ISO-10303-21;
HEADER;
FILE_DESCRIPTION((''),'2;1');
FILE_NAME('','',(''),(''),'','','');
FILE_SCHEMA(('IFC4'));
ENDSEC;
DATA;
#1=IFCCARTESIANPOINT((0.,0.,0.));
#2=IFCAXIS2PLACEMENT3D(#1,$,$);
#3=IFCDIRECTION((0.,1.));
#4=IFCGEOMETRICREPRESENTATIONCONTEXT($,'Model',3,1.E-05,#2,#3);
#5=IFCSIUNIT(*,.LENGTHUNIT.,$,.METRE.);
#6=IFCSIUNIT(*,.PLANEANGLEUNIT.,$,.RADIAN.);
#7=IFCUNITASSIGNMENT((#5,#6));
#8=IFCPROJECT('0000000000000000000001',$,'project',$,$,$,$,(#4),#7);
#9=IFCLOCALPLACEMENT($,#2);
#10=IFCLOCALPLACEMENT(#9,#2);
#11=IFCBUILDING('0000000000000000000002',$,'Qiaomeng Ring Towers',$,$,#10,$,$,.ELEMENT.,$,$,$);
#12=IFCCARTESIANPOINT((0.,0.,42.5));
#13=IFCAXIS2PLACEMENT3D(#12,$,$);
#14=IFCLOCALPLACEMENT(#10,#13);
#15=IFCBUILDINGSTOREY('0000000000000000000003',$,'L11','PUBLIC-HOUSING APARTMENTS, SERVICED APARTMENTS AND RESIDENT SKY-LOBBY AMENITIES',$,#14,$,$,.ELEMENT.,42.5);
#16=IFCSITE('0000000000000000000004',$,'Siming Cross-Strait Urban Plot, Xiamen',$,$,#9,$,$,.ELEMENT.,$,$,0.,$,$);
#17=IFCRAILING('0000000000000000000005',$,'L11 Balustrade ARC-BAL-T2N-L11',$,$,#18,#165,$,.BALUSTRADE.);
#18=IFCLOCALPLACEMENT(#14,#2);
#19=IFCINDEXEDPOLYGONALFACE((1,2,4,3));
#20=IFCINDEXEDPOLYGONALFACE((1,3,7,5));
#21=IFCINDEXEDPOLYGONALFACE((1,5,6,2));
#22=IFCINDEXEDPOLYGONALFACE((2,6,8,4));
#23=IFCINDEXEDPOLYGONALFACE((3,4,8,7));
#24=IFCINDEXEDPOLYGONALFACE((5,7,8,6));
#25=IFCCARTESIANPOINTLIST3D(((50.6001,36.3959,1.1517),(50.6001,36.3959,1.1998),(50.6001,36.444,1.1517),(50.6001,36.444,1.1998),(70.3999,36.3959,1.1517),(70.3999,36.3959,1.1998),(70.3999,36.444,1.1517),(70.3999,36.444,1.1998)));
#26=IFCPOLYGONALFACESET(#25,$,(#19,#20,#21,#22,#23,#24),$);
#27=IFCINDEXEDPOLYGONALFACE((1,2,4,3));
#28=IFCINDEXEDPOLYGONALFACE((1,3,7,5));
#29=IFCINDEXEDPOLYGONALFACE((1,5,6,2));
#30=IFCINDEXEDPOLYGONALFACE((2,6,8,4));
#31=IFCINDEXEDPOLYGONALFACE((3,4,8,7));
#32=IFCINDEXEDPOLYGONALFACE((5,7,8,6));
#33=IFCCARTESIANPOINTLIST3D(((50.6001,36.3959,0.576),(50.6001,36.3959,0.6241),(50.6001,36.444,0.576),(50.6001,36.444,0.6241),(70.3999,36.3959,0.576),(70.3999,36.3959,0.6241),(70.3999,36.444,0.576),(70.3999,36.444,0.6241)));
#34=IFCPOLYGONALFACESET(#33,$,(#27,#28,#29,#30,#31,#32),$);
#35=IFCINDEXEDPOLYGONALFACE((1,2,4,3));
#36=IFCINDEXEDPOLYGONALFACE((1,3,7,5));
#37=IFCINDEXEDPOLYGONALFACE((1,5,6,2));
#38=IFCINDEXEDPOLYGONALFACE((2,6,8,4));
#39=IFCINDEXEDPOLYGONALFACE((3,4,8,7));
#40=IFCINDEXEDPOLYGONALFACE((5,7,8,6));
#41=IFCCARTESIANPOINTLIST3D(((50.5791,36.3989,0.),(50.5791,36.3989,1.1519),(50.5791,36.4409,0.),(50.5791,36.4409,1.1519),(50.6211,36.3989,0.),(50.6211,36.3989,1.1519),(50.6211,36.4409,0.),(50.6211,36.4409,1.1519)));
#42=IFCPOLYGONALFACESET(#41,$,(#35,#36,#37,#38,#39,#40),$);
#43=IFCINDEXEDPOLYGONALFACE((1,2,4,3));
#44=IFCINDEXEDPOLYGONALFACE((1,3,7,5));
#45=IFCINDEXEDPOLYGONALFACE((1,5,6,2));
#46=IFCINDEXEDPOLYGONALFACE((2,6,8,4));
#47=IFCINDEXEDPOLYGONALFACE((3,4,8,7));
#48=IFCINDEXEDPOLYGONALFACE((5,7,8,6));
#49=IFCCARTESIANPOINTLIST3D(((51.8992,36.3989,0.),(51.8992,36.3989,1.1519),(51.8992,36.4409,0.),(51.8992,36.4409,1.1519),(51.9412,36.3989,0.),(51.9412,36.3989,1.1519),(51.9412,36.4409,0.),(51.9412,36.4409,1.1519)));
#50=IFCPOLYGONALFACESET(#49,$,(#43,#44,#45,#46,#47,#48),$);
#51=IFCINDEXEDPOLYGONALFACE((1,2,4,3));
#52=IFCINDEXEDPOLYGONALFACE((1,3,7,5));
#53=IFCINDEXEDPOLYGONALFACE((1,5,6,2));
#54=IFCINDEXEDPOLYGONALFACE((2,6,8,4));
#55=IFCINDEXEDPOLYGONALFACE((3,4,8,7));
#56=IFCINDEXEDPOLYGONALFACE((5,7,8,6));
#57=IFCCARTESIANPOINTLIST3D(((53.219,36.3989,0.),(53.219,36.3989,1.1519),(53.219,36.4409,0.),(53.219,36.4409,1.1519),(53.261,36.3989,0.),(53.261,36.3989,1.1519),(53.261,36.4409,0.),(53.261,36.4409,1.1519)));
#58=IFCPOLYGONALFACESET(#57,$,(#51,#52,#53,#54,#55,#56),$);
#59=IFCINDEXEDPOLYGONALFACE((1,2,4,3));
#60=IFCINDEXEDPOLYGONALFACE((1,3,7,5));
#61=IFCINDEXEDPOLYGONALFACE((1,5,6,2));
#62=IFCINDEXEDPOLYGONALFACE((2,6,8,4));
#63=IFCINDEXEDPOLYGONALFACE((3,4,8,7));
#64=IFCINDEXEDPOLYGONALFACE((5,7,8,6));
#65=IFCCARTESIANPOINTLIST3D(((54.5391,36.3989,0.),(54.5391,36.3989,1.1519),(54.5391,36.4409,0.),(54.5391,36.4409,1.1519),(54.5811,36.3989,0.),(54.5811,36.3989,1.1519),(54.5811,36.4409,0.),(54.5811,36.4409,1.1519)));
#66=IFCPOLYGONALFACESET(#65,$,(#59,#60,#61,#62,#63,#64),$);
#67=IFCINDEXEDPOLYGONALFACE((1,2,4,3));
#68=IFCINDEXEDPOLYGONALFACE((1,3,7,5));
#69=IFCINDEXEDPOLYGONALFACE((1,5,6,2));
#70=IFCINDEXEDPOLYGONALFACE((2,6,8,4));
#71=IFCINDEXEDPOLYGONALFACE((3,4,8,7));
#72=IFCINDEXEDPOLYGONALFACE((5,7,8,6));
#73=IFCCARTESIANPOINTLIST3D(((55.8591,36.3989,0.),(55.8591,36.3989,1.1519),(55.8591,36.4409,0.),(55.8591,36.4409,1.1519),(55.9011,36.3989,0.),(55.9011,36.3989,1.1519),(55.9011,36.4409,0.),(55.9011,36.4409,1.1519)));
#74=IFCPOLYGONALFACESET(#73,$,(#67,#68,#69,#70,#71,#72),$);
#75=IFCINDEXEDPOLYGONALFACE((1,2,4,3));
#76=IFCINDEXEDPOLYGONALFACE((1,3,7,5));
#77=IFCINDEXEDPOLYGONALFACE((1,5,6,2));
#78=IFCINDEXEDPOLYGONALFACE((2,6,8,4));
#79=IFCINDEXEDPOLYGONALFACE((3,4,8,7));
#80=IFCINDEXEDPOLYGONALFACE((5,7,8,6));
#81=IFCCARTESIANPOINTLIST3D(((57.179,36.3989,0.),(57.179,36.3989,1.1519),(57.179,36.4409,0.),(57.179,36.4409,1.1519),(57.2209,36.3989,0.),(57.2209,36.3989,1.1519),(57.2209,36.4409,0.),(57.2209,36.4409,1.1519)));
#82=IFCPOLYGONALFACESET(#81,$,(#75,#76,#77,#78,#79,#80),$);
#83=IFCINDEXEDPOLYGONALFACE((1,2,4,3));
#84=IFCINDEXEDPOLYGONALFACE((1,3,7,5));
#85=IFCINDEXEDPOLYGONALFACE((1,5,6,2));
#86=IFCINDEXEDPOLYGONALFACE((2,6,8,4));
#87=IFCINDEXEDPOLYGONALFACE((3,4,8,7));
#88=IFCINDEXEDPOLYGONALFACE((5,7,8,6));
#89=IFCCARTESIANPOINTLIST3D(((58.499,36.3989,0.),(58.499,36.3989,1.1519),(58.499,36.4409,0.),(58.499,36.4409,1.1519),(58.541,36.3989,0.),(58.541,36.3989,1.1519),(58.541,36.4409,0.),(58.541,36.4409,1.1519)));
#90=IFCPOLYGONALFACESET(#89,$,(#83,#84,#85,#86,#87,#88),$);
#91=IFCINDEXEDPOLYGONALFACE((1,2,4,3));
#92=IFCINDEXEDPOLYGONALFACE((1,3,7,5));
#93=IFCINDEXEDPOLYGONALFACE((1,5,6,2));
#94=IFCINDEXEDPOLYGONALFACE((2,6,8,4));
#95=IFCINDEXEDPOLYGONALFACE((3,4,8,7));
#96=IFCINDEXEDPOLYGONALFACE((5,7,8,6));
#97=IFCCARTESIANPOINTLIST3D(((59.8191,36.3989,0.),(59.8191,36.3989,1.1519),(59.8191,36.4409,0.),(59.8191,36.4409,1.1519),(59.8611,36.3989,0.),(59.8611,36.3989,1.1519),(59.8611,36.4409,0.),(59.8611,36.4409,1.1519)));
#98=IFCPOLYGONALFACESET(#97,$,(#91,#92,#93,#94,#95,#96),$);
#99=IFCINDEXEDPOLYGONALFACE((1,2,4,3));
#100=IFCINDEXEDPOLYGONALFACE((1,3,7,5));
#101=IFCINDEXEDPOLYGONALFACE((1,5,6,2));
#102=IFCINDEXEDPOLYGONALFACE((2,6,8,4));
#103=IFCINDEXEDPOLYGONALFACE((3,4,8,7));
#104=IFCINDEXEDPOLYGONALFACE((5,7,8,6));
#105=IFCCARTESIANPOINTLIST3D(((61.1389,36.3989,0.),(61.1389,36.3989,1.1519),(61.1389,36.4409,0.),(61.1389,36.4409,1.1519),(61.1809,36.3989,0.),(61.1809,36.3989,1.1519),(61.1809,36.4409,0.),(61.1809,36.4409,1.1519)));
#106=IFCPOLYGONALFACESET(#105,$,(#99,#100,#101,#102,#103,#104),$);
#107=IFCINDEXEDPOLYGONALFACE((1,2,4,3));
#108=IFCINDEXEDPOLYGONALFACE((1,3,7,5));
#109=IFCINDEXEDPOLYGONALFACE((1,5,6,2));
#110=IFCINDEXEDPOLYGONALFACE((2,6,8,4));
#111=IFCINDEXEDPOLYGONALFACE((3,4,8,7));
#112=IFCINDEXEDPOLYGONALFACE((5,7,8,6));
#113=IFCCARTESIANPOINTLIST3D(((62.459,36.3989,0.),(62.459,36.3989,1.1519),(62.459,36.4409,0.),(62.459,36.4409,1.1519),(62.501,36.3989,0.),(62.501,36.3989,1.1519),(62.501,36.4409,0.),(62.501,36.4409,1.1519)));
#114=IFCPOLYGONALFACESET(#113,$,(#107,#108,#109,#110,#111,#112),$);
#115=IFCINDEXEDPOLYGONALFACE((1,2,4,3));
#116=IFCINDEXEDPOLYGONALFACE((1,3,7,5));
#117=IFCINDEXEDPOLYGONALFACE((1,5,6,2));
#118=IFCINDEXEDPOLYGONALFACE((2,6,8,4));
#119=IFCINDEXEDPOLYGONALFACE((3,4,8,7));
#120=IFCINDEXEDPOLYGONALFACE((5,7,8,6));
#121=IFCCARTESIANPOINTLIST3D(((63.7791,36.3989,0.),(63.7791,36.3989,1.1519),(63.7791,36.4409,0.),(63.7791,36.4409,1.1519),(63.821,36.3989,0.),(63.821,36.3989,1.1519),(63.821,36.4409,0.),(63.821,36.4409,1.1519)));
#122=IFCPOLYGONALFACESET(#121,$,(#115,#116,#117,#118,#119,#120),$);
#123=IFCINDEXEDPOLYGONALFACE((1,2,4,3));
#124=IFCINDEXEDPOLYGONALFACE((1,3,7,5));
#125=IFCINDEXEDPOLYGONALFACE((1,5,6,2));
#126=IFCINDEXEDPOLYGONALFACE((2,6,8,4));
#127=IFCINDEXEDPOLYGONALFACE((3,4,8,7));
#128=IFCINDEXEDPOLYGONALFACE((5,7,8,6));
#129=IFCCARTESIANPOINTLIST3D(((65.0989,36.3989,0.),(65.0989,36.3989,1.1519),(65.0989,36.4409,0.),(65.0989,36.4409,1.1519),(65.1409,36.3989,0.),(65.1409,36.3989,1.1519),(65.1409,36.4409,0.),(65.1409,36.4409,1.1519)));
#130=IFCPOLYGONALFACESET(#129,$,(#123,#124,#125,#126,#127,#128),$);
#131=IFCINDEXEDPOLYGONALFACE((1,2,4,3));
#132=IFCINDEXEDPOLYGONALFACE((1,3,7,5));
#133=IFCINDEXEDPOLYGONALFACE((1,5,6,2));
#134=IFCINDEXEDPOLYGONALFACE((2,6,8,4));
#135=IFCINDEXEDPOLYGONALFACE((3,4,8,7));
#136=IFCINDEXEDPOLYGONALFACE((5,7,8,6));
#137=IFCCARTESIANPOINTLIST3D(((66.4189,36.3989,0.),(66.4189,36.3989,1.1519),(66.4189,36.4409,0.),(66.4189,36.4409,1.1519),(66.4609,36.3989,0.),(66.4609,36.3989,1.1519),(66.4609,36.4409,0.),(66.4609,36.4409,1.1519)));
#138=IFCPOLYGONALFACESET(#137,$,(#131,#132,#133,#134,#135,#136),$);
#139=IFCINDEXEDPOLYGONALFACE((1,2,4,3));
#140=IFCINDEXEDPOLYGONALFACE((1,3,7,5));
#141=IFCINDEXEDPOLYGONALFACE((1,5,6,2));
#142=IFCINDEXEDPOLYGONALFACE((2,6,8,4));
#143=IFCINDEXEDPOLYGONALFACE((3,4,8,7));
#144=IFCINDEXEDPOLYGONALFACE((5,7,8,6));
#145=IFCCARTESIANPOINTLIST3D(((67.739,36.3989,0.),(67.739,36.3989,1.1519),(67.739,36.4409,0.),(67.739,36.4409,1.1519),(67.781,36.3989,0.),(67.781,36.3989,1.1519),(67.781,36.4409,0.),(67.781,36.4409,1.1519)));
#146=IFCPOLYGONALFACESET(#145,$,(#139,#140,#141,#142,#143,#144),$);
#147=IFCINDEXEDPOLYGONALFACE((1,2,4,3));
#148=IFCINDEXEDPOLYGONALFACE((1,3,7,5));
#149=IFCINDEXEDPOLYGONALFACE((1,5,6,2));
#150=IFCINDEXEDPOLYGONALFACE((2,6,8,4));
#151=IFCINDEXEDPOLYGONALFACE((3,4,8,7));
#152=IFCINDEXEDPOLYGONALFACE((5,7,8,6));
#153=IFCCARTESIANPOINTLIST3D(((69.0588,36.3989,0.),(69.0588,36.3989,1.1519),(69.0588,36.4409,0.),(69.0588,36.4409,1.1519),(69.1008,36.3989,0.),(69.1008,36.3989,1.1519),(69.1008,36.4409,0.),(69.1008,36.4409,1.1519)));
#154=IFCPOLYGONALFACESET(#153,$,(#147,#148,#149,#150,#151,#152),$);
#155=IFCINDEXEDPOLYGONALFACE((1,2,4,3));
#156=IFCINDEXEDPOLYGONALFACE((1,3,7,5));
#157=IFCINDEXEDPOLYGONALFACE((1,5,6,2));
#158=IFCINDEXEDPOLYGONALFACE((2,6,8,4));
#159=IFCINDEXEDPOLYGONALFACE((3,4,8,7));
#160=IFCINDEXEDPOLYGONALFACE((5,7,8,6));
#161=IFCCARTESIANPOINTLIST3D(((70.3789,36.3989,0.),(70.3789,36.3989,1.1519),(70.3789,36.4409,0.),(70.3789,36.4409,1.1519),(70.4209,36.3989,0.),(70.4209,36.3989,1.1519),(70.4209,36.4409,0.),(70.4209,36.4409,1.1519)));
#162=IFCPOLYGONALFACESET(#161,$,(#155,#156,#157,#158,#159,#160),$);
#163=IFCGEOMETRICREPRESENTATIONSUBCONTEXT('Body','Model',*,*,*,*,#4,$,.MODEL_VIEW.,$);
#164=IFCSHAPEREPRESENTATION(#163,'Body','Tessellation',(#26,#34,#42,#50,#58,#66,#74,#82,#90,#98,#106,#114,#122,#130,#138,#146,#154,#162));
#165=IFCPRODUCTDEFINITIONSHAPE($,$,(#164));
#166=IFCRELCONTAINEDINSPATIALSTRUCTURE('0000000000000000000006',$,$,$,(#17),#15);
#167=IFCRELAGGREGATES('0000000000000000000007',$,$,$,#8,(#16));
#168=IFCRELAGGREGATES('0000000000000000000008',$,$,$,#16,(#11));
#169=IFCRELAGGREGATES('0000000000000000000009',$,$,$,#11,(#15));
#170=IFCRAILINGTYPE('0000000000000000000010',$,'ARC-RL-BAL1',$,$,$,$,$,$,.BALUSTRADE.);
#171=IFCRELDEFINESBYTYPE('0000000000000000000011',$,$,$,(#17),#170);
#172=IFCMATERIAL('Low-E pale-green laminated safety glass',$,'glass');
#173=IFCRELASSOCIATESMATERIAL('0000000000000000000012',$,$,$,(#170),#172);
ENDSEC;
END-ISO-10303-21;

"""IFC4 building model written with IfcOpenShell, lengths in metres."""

from ifc_helpers import new_model, si_unit, direction, frame, origin, origin_2d, place, context, subcontext, project, spatial, rectangle, extrude, material, type_object, element, save


model = new_model("IFC4")

# Units and contexts
model_context = context("Model", 3, precision=1e-05, world=origin(), true_north=direction((0.0, 1.0)))
body_context = subcontext(model_context, "Body", "Model", "MODEL_VIEW")
ifc_project = project(units=[si_unit("LENGTHUNIT", "METRE"), si_unit("PLANEANGLEUNIT", "RADIAN")], contexts=[model_context])

# Site, building, storey
site_placement = place(None, origin())
site = spatial("IfcSite", under=ifc_project, at=site_placement, Name="Siming Cross-Strait Urban Plot, Xiamen", CompositionType="ELEMENT", RefElevation=0.0)
building_placement = place(site_placement, origin())
building = spatial("IfcBuilding", under=site, at=building_placement, Name="Qiaomeng Ring Towers", CompositionType="ELEMENT")
storey_placement = place(building_placement, frame((0.0, 0.0, 42.5)))
storey = spatial("IfcBuildingStorey", under=building, at=storey_placement, Name="L11", Description="PUBLIC-HOUSING APARTMENTS, SERVICED APARTMENTS AND RESIDENT SKY-LOBBY AMENITIES", CompositionType="ELEMENT", Elevation=42.5)

# Railing
ifc_material_1 = material(Name="Low-E pale-green laminated safety glass", Category="glass")
railing_type = type_object("IfcRailingType", Name="ARC-RL-BAL1", PredefinedType="BALUSTRADE", material=ifc_material_1)
railing_1_placement = place(storey_placement, frame((50.6001, 36.4199, 0.0)))
element("IfcRailing", 1, at=railing_1_placement, inside=storey, type_object=railing_type, Name="L11 Balustrade ARC-BAL-T2N-L11", PredefinedType="BALUSTRADE", context=body_context, shape_type="SweptSolid", body=[
    extrude(rectangle(XDim=0.0481, YDim=0.0481, at=origin_2d()), frame((0.0, 0.0, 1.1758), z_axis=(1.0, 0.0, 0.0), x_axis=(0.0, 1.0, 0.0)), (0.0, 0.0, 1.0), 19.7998),
    extrude(rectangle(XDim=0.0481, YDim=0.0481, at=origin_2d()), frame((0.0, 0.0, 0.6001), z_axis=(1.0, 0.0, 0.0), x_axis=(0.0, 1.0, 0.0)), (0.0, 0.0, 1.0), 19.7998),
    extrude(rectangle(XDim=0.042, YDim=0.042, at=origin_2d()), origin(), (0.0, 0.0, 1.0), 1.1519),
    extrude(rectangle(XDim=0.042, YDim=0.042, at=origin_2d()), frame((1.3201, 0.0, 0.0)), (0.0, 0.0, 1.0), 1.1519),
    extrude(rectangle(XDim=0.042, YDim=0.042, at=origin_2d()), frame((2.6399, 0.0, 0.0)), (0.0, 0.0, 1.0), 1.1519),
    extrude(rectangle(XDim=0.042, YDim=0.042, at=origin_2d()), frame((3.96, 0.0, 0.0)), (0.0, 0.0, 1.0), 1.1519),
    extrude(rectangle(XDim=0.042, YDim=0.042, at=origin_2d()), frame((5.28, 0.0, 0.0)), (0.0, 0.0, 1.0), 1.1519),
    extrude(rectangle(XDim=0.042, YDim=0.042, at=origin_2d()), frame((6.5999, 0.0, 0.0)), (0.0, 0.0, 1.0), 1.1519),
    extrude(rectangle(XDim=0.042, YDim=0.042, at=origin_2d()), frame((7.9199, 0.0, 0.0)), (0.0, 0.0, 1.0), 1.1519),
    extrude(rectangle(XDim=0.042, YDim=0.042, at=origin_2d()), frame((9.24, 0.0, 0.0)), (0.0, 0.0, 1.0), 1.1519),
    extrude(rectangle(XDim=0.042, YDim=0.042, at=origin_2d()), frame((10.5598, 0.0, 0.0)), (0.0, 0.0, 1.0), 1.1519),
    extrude(rectangle(XDim=0.042, YDim=0.042, at=origin_2d()), frame((11.8799, 0.0, 0.0)), (0.0, 0.0, 1.0), 1.1519),
    extrude(rectangle(XDim=0.042, YDim=0.042, at=origin_2d()), frame((13.2, 0.0, 0.0)), (0.0, 0.0, 1.0), 1.1519),
    extrude(rectangle(XDim=0.042, YDim=0.042, at=origin_2d()), frame((14.5198, 0.0, 0.0)), (0.0, 0.0, 1.0), 1.1519),
    extrude(rectangle(XDim=0.042, YDim=0.042, at=origin_2d()), frame((15.8398, 0.0, 0.0)), (0.0, 0.0, 1.0), 1.1519),
    extrude(rectangle(XDim=0.042, YDim=0.042, at=origin_2d()), frame((17.1599, 0.0, 0.0)), (0.0, 0.0, 1.0), 1.1519),
    extrude(rectangle(XDim=0.042, YDim=0.042, at=origin_2d()), frame((18.4797, 0.0, 0.0)), (0.0, 0.0, 1.0), 1.1519),
    extrude(rectangle(XDim=0.042, YDim=0.042, at=origin_2d()), frame((19.7998, 0.0, 0.0)), (0.0, 0.0, 1.0), 1.1519),
])

save(model, "model.ifc")
